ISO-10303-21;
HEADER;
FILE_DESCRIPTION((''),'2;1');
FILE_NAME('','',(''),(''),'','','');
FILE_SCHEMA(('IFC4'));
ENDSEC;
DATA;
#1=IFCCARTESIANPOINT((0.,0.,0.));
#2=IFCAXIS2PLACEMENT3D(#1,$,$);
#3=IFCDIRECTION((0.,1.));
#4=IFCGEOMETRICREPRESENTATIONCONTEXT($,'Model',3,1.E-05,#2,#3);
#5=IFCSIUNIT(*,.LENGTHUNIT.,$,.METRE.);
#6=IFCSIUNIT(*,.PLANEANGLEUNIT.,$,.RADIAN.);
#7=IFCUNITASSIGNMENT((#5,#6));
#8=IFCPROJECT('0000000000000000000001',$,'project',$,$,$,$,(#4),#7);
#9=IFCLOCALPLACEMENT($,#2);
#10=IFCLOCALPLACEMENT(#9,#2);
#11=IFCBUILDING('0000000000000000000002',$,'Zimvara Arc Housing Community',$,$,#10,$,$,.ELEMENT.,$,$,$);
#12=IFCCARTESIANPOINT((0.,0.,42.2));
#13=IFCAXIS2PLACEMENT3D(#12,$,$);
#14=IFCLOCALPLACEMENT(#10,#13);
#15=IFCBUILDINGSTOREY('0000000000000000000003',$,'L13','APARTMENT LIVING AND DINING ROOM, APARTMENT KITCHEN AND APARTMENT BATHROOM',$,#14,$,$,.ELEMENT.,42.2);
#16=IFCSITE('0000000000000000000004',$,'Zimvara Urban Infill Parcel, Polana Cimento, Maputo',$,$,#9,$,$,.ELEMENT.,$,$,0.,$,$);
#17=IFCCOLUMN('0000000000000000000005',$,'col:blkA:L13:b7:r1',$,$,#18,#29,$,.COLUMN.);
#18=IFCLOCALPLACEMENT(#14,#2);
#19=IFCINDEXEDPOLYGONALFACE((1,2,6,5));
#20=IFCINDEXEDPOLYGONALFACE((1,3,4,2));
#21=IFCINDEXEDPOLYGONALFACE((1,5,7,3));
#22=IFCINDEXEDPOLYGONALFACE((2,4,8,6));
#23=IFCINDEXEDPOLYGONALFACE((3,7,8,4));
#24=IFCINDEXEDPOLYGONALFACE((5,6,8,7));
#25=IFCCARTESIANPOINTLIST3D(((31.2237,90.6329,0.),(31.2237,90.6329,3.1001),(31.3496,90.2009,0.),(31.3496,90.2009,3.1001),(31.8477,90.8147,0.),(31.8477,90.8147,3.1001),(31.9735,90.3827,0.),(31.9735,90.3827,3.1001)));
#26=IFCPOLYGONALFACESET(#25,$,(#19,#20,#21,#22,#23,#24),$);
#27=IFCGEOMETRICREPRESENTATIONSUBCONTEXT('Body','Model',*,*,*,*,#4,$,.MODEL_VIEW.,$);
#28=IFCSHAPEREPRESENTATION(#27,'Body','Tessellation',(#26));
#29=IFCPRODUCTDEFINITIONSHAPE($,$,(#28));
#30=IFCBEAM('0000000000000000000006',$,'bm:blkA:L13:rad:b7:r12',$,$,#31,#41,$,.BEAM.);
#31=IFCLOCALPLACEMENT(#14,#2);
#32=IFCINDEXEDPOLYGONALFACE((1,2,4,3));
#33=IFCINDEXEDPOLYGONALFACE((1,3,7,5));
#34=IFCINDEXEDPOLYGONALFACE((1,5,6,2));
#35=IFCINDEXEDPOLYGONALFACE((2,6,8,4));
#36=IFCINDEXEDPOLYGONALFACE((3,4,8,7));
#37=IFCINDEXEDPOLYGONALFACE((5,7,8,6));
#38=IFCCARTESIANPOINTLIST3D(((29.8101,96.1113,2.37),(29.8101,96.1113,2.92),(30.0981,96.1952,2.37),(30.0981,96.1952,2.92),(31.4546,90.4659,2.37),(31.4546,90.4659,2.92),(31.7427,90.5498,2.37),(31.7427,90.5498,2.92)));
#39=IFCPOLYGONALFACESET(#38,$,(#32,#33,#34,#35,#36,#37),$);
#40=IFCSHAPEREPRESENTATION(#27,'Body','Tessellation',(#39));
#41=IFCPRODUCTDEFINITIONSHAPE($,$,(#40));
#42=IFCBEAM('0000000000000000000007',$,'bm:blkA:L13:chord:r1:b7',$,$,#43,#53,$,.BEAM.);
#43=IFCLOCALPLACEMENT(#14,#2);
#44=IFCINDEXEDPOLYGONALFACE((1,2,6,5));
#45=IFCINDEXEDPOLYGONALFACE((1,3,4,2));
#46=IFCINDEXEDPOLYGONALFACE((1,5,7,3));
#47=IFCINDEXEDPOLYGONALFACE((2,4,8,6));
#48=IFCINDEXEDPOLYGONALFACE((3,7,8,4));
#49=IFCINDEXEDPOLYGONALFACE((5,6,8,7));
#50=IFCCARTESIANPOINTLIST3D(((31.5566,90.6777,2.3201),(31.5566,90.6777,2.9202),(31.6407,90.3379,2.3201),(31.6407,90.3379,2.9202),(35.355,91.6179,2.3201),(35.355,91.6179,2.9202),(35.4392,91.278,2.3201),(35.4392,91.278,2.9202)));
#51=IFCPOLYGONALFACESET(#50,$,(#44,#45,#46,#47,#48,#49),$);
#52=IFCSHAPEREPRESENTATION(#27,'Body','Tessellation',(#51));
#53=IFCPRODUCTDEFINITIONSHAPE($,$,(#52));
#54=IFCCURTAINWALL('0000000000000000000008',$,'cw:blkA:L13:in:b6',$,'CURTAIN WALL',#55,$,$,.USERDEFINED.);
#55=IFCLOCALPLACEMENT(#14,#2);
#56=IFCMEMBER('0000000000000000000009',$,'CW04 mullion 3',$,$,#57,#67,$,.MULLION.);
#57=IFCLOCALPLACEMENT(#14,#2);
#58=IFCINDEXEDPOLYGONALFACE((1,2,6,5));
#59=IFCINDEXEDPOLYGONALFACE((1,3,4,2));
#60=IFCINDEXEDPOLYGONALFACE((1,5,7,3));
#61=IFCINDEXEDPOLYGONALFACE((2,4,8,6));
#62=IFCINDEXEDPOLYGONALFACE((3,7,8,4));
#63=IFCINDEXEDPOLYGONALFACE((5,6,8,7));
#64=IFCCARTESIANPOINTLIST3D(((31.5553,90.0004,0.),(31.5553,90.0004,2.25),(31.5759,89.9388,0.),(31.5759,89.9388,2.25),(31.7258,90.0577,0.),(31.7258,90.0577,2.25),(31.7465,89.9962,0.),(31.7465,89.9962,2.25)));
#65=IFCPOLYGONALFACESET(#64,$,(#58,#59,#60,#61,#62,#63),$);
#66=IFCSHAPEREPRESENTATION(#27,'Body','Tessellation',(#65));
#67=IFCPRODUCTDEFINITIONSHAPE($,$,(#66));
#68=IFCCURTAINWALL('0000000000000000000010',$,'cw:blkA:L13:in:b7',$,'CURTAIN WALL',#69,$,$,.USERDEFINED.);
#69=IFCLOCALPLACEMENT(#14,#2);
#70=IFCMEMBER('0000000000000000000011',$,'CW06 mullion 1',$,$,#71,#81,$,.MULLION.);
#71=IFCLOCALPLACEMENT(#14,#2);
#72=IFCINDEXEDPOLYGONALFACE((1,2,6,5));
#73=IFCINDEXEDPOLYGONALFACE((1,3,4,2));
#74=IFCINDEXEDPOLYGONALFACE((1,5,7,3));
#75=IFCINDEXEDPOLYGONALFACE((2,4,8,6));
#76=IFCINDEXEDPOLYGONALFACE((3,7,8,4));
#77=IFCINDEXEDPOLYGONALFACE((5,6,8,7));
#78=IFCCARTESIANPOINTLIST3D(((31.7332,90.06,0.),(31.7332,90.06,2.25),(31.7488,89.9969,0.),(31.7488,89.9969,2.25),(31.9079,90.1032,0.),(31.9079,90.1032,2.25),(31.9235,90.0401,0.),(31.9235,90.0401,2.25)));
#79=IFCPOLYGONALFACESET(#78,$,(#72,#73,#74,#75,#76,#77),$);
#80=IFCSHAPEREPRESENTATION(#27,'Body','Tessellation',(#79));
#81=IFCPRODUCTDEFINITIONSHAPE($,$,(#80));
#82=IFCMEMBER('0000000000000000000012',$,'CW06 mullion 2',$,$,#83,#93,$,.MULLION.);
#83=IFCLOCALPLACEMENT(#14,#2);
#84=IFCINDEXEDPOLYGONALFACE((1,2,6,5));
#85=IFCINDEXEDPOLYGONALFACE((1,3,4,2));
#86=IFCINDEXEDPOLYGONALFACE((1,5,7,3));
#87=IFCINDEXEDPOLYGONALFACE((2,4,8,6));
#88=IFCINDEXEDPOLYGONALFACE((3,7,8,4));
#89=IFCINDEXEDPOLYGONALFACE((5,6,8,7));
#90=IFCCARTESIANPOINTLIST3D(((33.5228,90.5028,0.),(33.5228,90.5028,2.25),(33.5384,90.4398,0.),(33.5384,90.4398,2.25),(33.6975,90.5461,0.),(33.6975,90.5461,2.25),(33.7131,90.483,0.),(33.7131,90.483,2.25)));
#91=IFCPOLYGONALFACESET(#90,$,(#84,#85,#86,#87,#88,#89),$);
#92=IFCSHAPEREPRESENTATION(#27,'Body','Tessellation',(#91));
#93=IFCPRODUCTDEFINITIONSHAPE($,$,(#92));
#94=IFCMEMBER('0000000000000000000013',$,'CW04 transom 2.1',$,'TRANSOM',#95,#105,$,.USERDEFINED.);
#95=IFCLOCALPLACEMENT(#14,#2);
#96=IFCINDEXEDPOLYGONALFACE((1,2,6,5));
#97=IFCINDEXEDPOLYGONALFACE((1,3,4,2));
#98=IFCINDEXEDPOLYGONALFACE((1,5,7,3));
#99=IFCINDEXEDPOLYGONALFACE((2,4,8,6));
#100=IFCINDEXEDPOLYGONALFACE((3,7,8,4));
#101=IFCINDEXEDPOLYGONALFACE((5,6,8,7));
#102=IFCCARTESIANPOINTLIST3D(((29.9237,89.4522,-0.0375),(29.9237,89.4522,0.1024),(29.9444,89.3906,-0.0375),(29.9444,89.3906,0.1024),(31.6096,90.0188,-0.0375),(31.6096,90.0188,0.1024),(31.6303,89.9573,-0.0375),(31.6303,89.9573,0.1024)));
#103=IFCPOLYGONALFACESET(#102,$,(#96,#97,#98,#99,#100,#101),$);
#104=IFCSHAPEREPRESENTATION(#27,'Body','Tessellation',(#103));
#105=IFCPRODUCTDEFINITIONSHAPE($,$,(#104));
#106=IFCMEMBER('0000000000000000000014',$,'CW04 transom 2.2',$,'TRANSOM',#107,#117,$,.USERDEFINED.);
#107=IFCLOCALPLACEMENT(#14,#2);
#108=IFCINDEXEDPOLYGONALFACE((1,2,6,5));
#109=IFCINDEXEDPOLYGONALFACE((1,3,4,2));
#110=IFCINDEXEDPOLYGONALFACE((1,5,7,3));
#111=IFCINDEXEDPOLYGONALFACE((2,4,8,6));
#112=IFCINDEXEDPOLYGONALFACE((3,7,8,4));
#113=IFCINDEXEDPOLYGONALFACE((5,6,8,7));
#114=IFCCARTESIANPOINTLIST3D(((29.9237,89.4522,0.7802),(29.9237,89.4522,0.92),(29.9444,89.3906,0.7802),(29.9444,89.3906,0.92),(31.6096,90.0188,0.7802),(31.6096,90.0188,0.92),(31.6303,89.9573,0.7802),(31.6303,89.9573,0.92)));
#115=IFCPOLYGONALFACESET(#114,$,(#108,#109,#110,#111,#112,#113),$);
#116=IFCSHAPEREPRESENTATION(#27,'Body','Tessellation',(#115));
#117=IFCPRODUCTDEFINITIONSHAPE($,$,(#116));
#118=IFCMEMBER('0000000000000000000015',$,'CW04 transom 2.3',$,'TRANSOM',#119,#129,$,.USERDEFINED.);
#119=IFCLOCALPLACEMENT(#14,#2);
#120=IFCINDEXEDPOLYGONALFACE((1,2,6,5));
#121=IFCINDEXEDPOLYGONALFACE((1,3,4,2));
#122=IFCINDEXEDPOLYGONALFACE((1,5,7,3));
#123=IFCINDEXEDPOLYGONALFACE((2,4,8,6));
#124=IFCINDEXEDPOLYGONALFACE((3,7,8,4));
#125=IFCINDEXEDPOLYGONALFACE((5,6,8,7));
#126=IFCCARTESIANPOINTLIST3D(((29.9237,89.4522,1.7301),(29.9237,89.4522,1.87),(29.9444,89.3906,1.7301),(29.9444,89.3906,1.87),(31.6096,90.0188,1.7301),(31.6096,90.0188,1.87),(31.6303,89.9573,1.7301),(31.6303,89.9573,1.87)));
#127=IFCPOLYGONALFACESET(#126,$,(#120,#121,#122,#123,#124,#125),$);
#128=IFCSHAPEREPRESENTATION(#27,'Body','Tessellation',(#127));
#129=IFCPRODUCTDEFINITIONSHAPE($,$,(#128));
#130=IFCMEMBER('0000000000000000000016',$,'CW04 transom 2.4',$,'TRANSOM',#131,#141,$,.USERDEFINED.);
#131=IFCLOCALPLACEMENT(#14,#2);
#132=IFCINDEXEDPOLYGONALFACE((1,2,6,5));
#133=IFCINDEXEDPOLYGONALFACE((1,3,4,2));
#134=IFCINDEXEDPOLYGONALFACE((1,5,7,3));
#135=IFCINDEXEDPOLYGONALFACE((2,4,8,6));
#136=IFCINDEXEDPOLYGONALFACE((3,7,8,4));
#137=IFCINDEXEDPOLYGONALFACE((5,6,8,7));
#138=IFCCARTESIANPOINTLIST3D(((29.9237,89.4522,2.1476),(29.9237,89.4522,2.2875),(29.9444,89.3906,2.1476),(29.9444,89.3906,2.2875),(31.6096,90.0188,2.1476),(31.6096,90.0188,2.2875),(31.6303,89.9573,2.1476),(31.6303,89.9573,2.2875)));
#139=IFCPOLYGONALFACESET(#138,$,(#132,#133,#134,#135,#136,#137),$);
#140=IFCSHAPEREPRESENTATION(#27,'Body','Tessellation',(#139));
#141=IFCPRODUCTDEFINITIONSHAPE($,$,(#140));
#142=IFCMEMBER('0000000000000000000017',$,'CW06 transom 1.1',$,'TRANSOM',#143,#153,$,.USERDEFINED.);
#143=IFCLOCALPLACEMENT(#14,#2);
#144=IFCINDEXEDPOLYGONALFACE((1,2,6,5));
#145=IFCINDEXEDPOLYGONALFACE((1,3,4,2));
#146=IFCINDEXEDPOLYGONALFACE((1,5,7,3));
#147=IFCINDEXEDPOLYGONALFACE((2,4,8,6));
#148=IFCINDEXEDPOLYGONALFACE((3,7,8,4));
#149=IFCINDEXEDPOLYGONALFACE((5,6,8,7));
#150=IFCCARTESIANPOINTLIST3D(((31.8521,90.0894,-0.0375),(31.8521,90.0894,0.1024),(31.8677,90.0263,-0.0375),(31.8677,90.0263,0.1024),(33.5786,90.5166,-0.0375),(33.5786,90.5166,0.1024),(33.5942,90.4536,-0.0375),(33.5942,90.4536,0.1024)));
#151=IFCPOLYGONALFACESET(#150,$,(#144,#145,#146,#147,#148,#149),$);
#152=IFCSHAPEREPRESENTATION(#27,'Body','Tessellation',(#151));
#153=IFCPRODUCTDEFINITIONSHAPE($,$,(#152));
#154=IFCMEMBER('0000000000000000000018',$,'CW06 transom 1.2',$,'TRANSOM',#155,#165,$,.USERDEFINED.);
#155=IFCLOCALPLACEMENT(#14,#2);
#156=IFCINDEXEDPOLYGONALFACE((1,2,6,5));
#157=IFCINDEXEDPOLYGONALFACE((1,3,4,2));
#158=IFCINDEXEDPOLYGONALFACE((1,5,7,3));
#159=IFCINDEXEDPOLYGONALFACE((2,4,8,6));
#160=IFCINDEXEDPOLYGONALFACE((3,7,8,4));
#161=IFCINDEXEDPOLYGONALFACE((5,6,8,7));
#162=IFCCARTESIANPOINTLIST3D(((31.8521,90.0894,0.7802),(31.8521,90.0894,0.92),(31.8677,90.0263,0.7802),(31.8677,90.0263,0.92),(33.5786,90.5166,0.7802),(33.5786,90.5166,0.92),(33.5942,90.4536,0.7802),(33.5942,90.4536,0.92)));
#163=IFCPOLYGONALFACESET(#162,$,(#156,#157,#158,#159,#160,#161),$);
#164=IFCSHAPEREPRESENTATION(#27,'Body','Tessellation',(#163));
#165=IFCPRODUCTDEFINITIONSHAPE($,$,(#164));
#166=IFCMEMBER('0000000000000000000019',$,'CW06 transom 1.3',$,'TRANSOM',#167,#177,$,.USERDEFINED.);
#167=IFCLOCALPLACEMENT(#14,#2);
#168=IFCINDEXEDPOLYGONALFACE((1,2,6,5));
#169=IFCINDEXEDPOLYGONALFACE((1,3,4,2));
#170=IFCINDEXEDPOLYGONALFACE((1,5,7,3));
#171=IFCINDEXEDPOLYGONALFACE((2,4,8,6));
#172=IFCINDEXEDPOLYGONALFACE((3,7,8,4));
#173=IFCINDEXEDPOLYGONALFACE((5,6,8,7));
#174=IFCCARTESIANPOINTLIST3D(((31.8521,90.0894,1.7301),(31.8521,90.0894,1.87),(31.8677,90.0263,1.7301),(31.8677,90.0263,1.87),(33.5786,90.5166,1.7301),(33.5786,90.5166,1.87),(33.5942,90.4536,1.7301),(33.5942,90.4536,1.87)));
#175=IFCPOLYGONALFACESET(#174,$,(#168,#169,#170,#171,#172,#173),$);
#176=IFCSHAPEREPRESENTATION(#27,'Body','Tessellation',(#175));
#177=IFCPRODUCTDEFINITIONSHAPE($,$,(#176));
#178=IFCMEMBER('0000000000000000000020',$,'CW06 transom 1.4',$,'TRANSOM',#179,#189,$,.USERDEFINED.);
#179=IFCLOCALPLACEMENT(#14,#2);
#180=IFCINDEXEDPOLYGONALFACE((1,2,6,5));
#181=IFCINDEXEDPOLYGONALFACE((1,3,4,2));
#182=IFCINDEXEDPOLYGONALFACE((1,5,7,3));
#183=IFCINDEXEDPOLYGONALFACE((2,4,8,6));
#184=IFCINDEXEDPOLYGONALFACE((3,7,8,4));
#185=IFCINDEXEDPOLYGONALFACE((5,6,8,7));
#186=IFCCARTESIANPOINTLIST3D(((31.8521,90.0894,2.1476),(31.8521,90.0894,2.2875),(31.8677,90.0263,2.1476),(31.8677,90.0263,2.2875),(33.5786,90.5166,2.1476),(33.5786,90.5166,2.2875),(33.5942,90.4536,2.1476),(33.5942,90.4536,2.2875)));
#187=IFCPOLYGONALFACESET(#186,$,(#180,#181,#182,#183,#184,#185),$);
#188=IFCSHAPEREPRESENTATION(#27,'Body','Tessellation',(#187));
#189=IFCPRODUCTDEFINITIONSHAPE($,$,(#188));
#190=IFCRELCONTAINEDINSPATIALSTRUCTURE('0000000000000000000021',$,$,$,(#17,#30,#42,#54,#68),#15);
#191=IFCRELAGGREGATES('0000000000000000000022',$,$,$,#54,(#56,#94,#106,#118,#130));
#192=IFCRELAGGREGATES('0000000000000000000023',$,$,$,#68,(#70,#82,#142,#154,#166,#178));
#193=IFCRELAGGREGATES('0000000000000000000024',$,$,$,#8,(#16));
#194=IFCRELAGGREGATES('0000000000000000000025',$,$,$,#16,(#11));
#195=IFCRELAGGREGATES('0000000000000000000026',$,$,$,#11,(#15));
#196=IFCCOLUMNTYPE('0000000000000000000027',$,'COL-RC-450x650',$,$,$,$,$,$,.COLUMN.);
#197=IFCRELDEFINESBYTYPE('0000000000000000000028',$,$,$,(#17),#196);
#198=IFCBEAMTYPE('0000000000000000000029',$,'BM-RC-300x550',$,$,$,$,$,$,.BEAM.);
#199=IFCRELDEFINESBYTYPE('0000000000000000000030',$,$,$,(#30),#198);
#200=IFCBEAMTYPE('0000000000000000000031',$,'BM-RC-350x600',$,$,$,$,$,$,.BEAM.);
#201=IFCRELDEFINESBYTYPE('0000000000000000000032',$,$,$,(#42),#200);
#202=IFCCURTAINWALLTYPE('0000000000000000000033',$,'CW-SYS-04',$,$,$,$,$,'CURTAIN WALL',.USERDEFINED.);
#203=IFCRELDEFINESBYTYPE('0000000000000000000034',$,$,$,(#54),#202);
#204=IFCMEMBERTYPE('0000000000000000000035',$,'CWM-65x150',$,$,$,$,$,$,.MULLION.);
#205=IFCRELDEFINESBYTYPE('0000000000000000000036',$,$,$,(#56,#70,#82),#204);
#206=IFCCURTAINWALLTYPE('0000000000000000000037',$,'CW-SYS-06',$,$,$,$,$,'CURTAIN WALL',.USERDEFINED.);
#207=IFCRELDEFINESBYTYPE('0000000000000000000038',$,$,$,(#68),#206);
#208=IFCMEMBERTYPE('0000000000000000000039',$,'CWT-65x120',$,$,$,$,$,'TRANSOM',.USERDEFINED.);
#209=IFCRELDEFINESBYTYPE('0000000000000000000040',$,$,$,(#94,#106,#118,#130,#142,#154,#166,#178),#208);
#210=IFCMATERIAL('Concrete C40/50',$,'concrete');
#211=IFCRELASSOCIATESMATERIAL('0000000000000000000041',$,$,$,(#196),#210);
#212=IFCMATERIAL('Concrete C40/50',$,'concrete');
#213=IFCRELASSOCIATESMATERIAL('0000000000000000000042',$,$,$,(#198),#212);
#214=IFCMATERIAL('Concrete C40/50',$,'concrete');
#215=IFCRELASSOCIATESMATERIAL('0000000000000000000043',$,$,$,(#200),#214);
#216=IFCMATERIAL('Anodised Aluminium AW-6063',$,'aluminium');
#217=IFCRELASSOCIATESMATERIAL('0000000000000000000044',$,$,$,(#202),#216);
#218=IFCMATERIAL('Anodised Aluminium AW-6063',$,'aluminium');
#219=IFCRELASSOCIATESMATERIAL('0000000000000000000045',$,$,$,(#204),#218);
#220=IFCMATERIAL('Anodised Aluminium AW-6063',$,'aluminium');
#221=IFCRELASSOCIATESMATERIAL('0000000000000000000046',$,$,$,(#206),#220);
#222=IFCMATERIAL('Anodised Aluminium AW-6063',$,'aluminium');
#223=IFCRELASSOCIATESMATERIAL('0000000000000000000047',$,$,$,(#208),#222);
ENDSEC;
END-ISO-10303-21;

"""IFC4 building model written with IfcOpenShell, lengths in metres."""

from ifc_helpers import new_model, si_unit, direction, frame, origin, origin_2d, place, context, subcontext, project, spatial, rectangle, extrude, material, material_profile, profile_set, type_object, element, aggregate, save


model = new_model("IFC4")

# Units and contexts
model_context = context("Model", 3, precision=1e-05, world=origin(), true_north=direction((0.0, 1.0)))
body_context = subcontext(model_context, "Body", "Model", "MODEL_VIEW")
ifc_project = project(units=[si_unit("LENGTHUNIT", "METRE"), si_unit("PLANEANGLEUNIT", "RADIAN")], contexts=[model_context])

# Site, building, storey
site_placement = place(None, origin())
site = spatial("IfcSite", under=ifc_project, at=site_placement, Name="Zimvara Urban Infill Parcel, Polana Cimento, Maputo", CompositionType="ELEMENT", RefElevation=0.0)
building_placement = place(site_placement, origin())
building = spatial("IfcBuilding", under=site, at=building_placement, Name="Zimvara Arc Housing Community", CompositionType="ELEMENT")
storey_placement = place(building_placement, frame((0.0, 0.0, 42.2)))
storey = spatial("IfcBuildingStorey", under=building, at=storey_placement, Name="L13", Description="APARTMENT LIVING AND DINING ROOM, APARTMENT KITCHEN AND APARTMENT BATHROOM", CompositionType="ELEMENT", Elevation=42.2)

# Column
ifc_material_1 = material(Name="Concrete C40/50", Category="concrete")
ifc_material_profile_1 = material_profile(ifc_material_1, rectangle(XDim=0.45, YDim=0.6499, at=origin_2d()), Name="RC 450x650")
ifc_profile_set_1 = profile_set([ifc_material_profile_1], Name="Concrete C40/50")
column_type = type_object("IfcColumnType", Name="COL-RC-450x650", PredefinedType="COLUMN", material=ifc_profile_set_1)
column_placement = place(storey_placement, frame((31.5986, 90.5078, 0.0), z_axis=(0.0, 0.0, 1.0), x_axis=(-0.279661, 0.960099, 0.0)))
element("IfcColumn", 1, at=column_placement, inside=storey, type_object=column_type, Name="col:blkA:L13:b7:r1", PredefinedType="COLUMN", context=body_context, shape_type="SweptSolid", body=[
    extrude(rectangle(XDim=0.45, YDim=0.6499, at=origin_2d()), origin(), (0.0, 0.0, 1.0), 3.1001),
])

# Beams
ifc_material_2 = material(Name="Concrete C40/50", Category="concrete")
ifc_material_profile_2 = material_profile(ifc_material_2, rectangle(XDim=0.3, YDim=0.55, at=origin_2d()), Name="RC 300x550")
ifc_profile_set_2 = profile_set([ifc_material_profile_2], Name="Concrete C40/50")
beam_type_1 = type_object("IfcBeamType", Name="BM-RC-300x550", PredefinedType="BEAM", material=ifc_profile_set_2)
beam_1_placement = place(storey_placement, frame((31.5986, 90.5078, 2.645), z_axis=(-0.279675, 0.960095, 0.0), x_axis=(-0.960095, -0.279675, 0.0)))
element("IfcBeam", 2, at=beam_1_placement, inside=storey, type_object=beam_type_1, Name="bm:blkA:L13:rad:b7:r12", PredefinedType="BEAM", context=body_context, shape_type="SweptSolid", body=[
    extrude(rectangle(XDim=0.3, YDim=0.55, at=origin_2d()), origin(), (0.0, 0.0, 1.0), 5.8801),
])
ifc_material_3 = material(Name="Concrete C40/50", Category="concrete")
ifc_material_profile_3 = material_profile(ifc_material_3, rectangle(XDim=0.3501, YDim=0.6001, at=origin_2d()), Name="RC 350x600")
ifc_profile_set_3 = profile_set([ifc_material_profile_3], Name="Concrete C40/50")
beam_type_2 = type_object("IfcBeamType", Name="BM-RC-350x600", PredefinedType="BEAM", material=ifc_profile_set_3)
beam_2_placement = place(storey_placement, frame((31.5986, 90.5078, 2.6201), z_axis=(0.970709, 0.24026, 0.0), x_axis=(-0.24026, 0.970709, 0.0)))
element("IfcBeam", 3, at=beam_2_placement, inside=storey, type_object=beam_type_2, Name="bm:blkA:L13:chord:r1:b7", PredefinedType="BEAM", context=body_context, shape_type="SweptSolid", body=[
    extrude(rectangle(XDim=0.3501, YDim=0.6001, at=origin_2d()), origin(), (0.0, 0.0, 1.0), 3.9131),
])

# Curtain wall, member
ifc_material_4 = material(Name="Anodised Aluminium AW-6063", Category="aluminium")
curtain_wall_type_1 = type_object("IfcCurtainWallType", Name="CW-SYS-04", ElementType="CURTAIN WALL", PredefinedType="USERDEFINED", material=ifc_material_4)
curtain_wall_1_placement = place(storey_placement, origin())
curtain_wall_1 = element("IfcCurtainWall", 4, at=curtain_wall_1_placement, inside=storey, type_object=curtain_wall_type_1, Name="cw:blkA:L13:in:b6", ObjectType="CURTAIN WALL", PredefinedType="USERDEFINED")
ifc_material_5 = material(Name="Anodised Aluminium AW-6063", Category="aluminium")
ifc_material_profile_4 = material_profile(ifc_material_5, rectangle(XDim=0.0649, YDim=0.1799, at=origin_2d()), Name="ALU 65x180")
ifc_profile_set_4 = profile_set([ifc_material_profile_4], Name="Anodised Aluminium AW-6063")
member_type_1 = type_object("IfcMemberType", Name="CWM-65x150", PredefinedType="MULLION", material=ifc_profile_set_4)
member_1_placement = place(storey_placement, frame((31.6509, 89.9983, 0.0), z_axis=(0.0, 0.0, 1.0), x_axis=(-0.318627, 0.94788, 0.0)))
member_1 = element("IfcMember", 5, at=member_1_placement, type_object=member_type_1, Name="CW04 mullion 3", PredefinedType="MULLION", context=body_context, shape_type="SweptSolid", body=[
    extrude(rectangle(XDim=0.0649, YDim=0.1799, at=origin_2d()), origin(), (0.0, 0.0, 1.0), 2.25),
])

# Curtain wall, members
ifc_material_6 = material(Name="Anodised Aluminium AW-6063", Category="aluminium")
curtain_wall_type_2 = type_object("IfcCurtainWallType", Name="CW-SYS-06", ElementType="CURTAIN WALL", PredefinedType="USERDEFINED", material=ifc_material_6)
curtain_wall_2_placement = place(storey_placement, origin())
curtain_wall_2 = element("IfcCurtainWall", 6, at=curtain_wall_2_placement, inside=storey, type_object=curtain_wall_type_2, Name="cw:blkA:L13:in:b7", ObjectType="CURTAIN WALL", PredefinedType="USERDEFINED")
member_2_placement = place(storey_placement, frame((31.8284, 90.05, 0.0), z_axis=(0.0, 0.0, 1.0), x_axis=(-0.240229, 0.970716, 0.0)))
member_2 = element("IfcMember", 7, at=member_2_placement, type_object=member_type_1, Name="CW06 mullion 1", PredefinedType="MULLION", context=body_context, shape_type="SweptSolid", body=[
    extrude(rectangle(XDim=0.0649, YDim=0.1799, at=origin_2d()), origin(), (0.0, 0.0, 1.0), 2.25),
])
member_3_placement = place(storey_placement, frame((33.6179, 90.4929, 0.0), z_axis=(0.0, 0.0, 1.0), x_axis=(-0.240229, 0.970716, 0.0)))
member_3 = element("IfcMember", 8, at=member_3_placement, type_object=member_type_1, Name="CW06 mullion 2", PredefinedType="MULLION", context=body_context, shape_type="SweptSolid", body=[
    extrude(rectangle(XDim=0.0649, YDim=0.1799, at=origin_2d()), origin(), (0.0, 0.0, 1.0), 2.25),
])

# Members
ifc_material_7 = material(Name="Anodised Aluminium AW-6063", Category="aluminium")
ifc_material_profile_5 = material_profile(ifc_material_7, rectangle(XDim=0.0649, YDim=0.1399, at=origin_2d()), Name="ALU 65x140")
ifc_profile_set_5 = profile_set([ifc_material_profile_5], Name="Anodised Aluminium AW-6063")
member_type_2 = type_object("IfcMemberType", Name="CWT-65x120", ElementType="TRANSOM", PredefinedType="USERDEFINED", material=ifc_profile_set_5)
member_4_placement = place(storey_placement, frame((29.9341, 89.4214, 0.0325), z_axis=(0.947884, 0.318615, 0.0), x_axis=(-0.318615, 0.947884, 0.0)))
member_4 = element("IfcMember", 9, at=member_4_placement, type_object=member_type_2, Name="CW04 transom 2.1", ObjectType="TRANSOM", PredefinedType="USERDEFINED", context=body_context, shape_type="SweptSolid", body=[
    extrude(rectangle(XDim=0.0649, YDim=0.1399, at=origin_2d()), origin(), (0.0, 0.0, 1.0), 1.7786),
])
member_5_placement = place(storey_placement, frame((29.9341, 89.4214, 0.8501), z_axis=(0.947884, 0.318615, 0.0), x_axis=(-0.318615, 0.947884, 0.0)))
member_5 = element("IfcMember", 10, at=member_5_placement, type_object=member_type_2, Name="CW04 transom 2.2", ObjectType="TRANSOM", PredefinedType="USERDEFINED", context=body_context, shape_type="SweptSolid", body=[
    extrude(rectangle(XDim=0.0649, YDim=0.1399, at=origin_2d()), origin(), (0.0, 0.0, 1.0), 1.7786),
])
member_6_placement = place(storey_placement, frame((29.9341, 89.4214, 1.8), z_axis=(0.947884, 0.318615, 0.0), x_axis=(-0.318615, 0.947884, 0.0)))
member_6 = element("IfcMember", 11, at=member_6_placement, type_object=member_type_2, Name="CW04 transom 2.3", ObjectType="TRANSOM", PredefinedType="USERDEFINED", context=body_context, shape_type="SweptSolid", body=[
    extrude(rectangle(XDim=0.0649, YDim=0.1399, at=origin_2d()), origin(), (0.0, 0.0, 1.0), 1.7786),
])
member_7_placement = place(storey_placement, frame((29.9341, 89.4214, 2.2175), z_axis=(0.947884, 0.318615, 0.0), x_axis=(-0.318615, 0.947884, 0.0)))
member_7 = element("IfcMember", 12, at=member_7_placement, type_object=member_type_2, Name="CW04 transom 2.4", ObjectType="TRANSOM", PredefinedType="USERDEFINED", context=body_context, shape_type="SweptSolid", body=[
    extrude(rectangle(XDim=0.0649, YDim=0.1399, at=origin_2d()), origin(), (0.0, 0.0, 1.0), 1.7786),
])
member_8_placement = place(storey_placement, frame((31.8599, 90.0579, 0.0325), z_axis=(0.970721, 0.24021, 0.0), x_axis=(-0.24021, 0.970721, 0.0)))
member_8 = element("IfcMember", 13, at=member_8_placement, type_object=member_type_2, Name="CW06 transom 1.1", ObjectType="TRANSOM", PredefinedType="USERDEFINED", context=body_context, shape_type="SweptSolid", body=[
    extrude(rectangle(XDim=0.0649, YDim=0.1399, at=origin_2d()), origin(), (0.0, 0.0, 1.0), 1.7786),
])
member_9_placement = place(storey_placement, frame((31.8599, 90.0579, 0.8501), z_axis=(0.970721, 0.24021, 0.0), x_axis=(-0.24021, 0.970721, 0.0)))
member_9 = element("IfcMember", 14, at=member_9_placement, type_object=member_type_2, Name="CW06 transom 1.2", ObjectType="TRANSOM", PredefinedType="USERDEFINED", context=body_context, shape_type="SweptSolid", body=[
    extrude(rectangle(XDim=0.0649, YDim=0.1399, at=origin_2d()), origin(), (0.0, 0.0, 1.0), 1.7786),
])
member_10_placement = place(storey_placement, frame((31.8599, 90.0579, 1.8), z_axis=(0.970721, 0.24021, 0.0), x_axis=(-0.24021, 0.970721, 0.0)))
member_10 = element("IfcMember", 15, at=member_10_placement, type_object=member_type_2, Name="CW06 transom 1.3", ObjectType="TRANSOM", PredefinedType="USERDEFINED", context=body_context, shape_type="SweptSolid", body=[
    extrude(rectangle(XDim=0.0649, YDim=0.1399, at=origin_2d()), origin(), (0.0, 0.0, 1.0), 1.7786),
])
member_11_placement = place(storey_placement, frame((31.8599, 90.0579, 2.2175), z_axis=(0.970721, 0.24021, 0.0), x_axis=(-0.24021, 0.970721, 0.0)))
member_11 = element("IfcMember", 16, at=member_11_placement, type_object=member_type_2, Name="CW06 transom 1.4", ObjectType="TRANSOM", PredefinedType="USERDEFINED", context=body_context, shape_type="SweptSolid", body=[
    extrude(rectangle(XDim=0.0649, YDim=0.1399, at=origin_2d()), origin(), (0.0, 0.0, 1.0), 1.7786),
])

aggregate(curtain_wall_1, [member_1, member_4, member_5, member_6, member_7])
aggregate(curtain_wall_2, [member_2, member_3, member_8, member_9, member_10, member_11])

save(model, "model.ifc")
